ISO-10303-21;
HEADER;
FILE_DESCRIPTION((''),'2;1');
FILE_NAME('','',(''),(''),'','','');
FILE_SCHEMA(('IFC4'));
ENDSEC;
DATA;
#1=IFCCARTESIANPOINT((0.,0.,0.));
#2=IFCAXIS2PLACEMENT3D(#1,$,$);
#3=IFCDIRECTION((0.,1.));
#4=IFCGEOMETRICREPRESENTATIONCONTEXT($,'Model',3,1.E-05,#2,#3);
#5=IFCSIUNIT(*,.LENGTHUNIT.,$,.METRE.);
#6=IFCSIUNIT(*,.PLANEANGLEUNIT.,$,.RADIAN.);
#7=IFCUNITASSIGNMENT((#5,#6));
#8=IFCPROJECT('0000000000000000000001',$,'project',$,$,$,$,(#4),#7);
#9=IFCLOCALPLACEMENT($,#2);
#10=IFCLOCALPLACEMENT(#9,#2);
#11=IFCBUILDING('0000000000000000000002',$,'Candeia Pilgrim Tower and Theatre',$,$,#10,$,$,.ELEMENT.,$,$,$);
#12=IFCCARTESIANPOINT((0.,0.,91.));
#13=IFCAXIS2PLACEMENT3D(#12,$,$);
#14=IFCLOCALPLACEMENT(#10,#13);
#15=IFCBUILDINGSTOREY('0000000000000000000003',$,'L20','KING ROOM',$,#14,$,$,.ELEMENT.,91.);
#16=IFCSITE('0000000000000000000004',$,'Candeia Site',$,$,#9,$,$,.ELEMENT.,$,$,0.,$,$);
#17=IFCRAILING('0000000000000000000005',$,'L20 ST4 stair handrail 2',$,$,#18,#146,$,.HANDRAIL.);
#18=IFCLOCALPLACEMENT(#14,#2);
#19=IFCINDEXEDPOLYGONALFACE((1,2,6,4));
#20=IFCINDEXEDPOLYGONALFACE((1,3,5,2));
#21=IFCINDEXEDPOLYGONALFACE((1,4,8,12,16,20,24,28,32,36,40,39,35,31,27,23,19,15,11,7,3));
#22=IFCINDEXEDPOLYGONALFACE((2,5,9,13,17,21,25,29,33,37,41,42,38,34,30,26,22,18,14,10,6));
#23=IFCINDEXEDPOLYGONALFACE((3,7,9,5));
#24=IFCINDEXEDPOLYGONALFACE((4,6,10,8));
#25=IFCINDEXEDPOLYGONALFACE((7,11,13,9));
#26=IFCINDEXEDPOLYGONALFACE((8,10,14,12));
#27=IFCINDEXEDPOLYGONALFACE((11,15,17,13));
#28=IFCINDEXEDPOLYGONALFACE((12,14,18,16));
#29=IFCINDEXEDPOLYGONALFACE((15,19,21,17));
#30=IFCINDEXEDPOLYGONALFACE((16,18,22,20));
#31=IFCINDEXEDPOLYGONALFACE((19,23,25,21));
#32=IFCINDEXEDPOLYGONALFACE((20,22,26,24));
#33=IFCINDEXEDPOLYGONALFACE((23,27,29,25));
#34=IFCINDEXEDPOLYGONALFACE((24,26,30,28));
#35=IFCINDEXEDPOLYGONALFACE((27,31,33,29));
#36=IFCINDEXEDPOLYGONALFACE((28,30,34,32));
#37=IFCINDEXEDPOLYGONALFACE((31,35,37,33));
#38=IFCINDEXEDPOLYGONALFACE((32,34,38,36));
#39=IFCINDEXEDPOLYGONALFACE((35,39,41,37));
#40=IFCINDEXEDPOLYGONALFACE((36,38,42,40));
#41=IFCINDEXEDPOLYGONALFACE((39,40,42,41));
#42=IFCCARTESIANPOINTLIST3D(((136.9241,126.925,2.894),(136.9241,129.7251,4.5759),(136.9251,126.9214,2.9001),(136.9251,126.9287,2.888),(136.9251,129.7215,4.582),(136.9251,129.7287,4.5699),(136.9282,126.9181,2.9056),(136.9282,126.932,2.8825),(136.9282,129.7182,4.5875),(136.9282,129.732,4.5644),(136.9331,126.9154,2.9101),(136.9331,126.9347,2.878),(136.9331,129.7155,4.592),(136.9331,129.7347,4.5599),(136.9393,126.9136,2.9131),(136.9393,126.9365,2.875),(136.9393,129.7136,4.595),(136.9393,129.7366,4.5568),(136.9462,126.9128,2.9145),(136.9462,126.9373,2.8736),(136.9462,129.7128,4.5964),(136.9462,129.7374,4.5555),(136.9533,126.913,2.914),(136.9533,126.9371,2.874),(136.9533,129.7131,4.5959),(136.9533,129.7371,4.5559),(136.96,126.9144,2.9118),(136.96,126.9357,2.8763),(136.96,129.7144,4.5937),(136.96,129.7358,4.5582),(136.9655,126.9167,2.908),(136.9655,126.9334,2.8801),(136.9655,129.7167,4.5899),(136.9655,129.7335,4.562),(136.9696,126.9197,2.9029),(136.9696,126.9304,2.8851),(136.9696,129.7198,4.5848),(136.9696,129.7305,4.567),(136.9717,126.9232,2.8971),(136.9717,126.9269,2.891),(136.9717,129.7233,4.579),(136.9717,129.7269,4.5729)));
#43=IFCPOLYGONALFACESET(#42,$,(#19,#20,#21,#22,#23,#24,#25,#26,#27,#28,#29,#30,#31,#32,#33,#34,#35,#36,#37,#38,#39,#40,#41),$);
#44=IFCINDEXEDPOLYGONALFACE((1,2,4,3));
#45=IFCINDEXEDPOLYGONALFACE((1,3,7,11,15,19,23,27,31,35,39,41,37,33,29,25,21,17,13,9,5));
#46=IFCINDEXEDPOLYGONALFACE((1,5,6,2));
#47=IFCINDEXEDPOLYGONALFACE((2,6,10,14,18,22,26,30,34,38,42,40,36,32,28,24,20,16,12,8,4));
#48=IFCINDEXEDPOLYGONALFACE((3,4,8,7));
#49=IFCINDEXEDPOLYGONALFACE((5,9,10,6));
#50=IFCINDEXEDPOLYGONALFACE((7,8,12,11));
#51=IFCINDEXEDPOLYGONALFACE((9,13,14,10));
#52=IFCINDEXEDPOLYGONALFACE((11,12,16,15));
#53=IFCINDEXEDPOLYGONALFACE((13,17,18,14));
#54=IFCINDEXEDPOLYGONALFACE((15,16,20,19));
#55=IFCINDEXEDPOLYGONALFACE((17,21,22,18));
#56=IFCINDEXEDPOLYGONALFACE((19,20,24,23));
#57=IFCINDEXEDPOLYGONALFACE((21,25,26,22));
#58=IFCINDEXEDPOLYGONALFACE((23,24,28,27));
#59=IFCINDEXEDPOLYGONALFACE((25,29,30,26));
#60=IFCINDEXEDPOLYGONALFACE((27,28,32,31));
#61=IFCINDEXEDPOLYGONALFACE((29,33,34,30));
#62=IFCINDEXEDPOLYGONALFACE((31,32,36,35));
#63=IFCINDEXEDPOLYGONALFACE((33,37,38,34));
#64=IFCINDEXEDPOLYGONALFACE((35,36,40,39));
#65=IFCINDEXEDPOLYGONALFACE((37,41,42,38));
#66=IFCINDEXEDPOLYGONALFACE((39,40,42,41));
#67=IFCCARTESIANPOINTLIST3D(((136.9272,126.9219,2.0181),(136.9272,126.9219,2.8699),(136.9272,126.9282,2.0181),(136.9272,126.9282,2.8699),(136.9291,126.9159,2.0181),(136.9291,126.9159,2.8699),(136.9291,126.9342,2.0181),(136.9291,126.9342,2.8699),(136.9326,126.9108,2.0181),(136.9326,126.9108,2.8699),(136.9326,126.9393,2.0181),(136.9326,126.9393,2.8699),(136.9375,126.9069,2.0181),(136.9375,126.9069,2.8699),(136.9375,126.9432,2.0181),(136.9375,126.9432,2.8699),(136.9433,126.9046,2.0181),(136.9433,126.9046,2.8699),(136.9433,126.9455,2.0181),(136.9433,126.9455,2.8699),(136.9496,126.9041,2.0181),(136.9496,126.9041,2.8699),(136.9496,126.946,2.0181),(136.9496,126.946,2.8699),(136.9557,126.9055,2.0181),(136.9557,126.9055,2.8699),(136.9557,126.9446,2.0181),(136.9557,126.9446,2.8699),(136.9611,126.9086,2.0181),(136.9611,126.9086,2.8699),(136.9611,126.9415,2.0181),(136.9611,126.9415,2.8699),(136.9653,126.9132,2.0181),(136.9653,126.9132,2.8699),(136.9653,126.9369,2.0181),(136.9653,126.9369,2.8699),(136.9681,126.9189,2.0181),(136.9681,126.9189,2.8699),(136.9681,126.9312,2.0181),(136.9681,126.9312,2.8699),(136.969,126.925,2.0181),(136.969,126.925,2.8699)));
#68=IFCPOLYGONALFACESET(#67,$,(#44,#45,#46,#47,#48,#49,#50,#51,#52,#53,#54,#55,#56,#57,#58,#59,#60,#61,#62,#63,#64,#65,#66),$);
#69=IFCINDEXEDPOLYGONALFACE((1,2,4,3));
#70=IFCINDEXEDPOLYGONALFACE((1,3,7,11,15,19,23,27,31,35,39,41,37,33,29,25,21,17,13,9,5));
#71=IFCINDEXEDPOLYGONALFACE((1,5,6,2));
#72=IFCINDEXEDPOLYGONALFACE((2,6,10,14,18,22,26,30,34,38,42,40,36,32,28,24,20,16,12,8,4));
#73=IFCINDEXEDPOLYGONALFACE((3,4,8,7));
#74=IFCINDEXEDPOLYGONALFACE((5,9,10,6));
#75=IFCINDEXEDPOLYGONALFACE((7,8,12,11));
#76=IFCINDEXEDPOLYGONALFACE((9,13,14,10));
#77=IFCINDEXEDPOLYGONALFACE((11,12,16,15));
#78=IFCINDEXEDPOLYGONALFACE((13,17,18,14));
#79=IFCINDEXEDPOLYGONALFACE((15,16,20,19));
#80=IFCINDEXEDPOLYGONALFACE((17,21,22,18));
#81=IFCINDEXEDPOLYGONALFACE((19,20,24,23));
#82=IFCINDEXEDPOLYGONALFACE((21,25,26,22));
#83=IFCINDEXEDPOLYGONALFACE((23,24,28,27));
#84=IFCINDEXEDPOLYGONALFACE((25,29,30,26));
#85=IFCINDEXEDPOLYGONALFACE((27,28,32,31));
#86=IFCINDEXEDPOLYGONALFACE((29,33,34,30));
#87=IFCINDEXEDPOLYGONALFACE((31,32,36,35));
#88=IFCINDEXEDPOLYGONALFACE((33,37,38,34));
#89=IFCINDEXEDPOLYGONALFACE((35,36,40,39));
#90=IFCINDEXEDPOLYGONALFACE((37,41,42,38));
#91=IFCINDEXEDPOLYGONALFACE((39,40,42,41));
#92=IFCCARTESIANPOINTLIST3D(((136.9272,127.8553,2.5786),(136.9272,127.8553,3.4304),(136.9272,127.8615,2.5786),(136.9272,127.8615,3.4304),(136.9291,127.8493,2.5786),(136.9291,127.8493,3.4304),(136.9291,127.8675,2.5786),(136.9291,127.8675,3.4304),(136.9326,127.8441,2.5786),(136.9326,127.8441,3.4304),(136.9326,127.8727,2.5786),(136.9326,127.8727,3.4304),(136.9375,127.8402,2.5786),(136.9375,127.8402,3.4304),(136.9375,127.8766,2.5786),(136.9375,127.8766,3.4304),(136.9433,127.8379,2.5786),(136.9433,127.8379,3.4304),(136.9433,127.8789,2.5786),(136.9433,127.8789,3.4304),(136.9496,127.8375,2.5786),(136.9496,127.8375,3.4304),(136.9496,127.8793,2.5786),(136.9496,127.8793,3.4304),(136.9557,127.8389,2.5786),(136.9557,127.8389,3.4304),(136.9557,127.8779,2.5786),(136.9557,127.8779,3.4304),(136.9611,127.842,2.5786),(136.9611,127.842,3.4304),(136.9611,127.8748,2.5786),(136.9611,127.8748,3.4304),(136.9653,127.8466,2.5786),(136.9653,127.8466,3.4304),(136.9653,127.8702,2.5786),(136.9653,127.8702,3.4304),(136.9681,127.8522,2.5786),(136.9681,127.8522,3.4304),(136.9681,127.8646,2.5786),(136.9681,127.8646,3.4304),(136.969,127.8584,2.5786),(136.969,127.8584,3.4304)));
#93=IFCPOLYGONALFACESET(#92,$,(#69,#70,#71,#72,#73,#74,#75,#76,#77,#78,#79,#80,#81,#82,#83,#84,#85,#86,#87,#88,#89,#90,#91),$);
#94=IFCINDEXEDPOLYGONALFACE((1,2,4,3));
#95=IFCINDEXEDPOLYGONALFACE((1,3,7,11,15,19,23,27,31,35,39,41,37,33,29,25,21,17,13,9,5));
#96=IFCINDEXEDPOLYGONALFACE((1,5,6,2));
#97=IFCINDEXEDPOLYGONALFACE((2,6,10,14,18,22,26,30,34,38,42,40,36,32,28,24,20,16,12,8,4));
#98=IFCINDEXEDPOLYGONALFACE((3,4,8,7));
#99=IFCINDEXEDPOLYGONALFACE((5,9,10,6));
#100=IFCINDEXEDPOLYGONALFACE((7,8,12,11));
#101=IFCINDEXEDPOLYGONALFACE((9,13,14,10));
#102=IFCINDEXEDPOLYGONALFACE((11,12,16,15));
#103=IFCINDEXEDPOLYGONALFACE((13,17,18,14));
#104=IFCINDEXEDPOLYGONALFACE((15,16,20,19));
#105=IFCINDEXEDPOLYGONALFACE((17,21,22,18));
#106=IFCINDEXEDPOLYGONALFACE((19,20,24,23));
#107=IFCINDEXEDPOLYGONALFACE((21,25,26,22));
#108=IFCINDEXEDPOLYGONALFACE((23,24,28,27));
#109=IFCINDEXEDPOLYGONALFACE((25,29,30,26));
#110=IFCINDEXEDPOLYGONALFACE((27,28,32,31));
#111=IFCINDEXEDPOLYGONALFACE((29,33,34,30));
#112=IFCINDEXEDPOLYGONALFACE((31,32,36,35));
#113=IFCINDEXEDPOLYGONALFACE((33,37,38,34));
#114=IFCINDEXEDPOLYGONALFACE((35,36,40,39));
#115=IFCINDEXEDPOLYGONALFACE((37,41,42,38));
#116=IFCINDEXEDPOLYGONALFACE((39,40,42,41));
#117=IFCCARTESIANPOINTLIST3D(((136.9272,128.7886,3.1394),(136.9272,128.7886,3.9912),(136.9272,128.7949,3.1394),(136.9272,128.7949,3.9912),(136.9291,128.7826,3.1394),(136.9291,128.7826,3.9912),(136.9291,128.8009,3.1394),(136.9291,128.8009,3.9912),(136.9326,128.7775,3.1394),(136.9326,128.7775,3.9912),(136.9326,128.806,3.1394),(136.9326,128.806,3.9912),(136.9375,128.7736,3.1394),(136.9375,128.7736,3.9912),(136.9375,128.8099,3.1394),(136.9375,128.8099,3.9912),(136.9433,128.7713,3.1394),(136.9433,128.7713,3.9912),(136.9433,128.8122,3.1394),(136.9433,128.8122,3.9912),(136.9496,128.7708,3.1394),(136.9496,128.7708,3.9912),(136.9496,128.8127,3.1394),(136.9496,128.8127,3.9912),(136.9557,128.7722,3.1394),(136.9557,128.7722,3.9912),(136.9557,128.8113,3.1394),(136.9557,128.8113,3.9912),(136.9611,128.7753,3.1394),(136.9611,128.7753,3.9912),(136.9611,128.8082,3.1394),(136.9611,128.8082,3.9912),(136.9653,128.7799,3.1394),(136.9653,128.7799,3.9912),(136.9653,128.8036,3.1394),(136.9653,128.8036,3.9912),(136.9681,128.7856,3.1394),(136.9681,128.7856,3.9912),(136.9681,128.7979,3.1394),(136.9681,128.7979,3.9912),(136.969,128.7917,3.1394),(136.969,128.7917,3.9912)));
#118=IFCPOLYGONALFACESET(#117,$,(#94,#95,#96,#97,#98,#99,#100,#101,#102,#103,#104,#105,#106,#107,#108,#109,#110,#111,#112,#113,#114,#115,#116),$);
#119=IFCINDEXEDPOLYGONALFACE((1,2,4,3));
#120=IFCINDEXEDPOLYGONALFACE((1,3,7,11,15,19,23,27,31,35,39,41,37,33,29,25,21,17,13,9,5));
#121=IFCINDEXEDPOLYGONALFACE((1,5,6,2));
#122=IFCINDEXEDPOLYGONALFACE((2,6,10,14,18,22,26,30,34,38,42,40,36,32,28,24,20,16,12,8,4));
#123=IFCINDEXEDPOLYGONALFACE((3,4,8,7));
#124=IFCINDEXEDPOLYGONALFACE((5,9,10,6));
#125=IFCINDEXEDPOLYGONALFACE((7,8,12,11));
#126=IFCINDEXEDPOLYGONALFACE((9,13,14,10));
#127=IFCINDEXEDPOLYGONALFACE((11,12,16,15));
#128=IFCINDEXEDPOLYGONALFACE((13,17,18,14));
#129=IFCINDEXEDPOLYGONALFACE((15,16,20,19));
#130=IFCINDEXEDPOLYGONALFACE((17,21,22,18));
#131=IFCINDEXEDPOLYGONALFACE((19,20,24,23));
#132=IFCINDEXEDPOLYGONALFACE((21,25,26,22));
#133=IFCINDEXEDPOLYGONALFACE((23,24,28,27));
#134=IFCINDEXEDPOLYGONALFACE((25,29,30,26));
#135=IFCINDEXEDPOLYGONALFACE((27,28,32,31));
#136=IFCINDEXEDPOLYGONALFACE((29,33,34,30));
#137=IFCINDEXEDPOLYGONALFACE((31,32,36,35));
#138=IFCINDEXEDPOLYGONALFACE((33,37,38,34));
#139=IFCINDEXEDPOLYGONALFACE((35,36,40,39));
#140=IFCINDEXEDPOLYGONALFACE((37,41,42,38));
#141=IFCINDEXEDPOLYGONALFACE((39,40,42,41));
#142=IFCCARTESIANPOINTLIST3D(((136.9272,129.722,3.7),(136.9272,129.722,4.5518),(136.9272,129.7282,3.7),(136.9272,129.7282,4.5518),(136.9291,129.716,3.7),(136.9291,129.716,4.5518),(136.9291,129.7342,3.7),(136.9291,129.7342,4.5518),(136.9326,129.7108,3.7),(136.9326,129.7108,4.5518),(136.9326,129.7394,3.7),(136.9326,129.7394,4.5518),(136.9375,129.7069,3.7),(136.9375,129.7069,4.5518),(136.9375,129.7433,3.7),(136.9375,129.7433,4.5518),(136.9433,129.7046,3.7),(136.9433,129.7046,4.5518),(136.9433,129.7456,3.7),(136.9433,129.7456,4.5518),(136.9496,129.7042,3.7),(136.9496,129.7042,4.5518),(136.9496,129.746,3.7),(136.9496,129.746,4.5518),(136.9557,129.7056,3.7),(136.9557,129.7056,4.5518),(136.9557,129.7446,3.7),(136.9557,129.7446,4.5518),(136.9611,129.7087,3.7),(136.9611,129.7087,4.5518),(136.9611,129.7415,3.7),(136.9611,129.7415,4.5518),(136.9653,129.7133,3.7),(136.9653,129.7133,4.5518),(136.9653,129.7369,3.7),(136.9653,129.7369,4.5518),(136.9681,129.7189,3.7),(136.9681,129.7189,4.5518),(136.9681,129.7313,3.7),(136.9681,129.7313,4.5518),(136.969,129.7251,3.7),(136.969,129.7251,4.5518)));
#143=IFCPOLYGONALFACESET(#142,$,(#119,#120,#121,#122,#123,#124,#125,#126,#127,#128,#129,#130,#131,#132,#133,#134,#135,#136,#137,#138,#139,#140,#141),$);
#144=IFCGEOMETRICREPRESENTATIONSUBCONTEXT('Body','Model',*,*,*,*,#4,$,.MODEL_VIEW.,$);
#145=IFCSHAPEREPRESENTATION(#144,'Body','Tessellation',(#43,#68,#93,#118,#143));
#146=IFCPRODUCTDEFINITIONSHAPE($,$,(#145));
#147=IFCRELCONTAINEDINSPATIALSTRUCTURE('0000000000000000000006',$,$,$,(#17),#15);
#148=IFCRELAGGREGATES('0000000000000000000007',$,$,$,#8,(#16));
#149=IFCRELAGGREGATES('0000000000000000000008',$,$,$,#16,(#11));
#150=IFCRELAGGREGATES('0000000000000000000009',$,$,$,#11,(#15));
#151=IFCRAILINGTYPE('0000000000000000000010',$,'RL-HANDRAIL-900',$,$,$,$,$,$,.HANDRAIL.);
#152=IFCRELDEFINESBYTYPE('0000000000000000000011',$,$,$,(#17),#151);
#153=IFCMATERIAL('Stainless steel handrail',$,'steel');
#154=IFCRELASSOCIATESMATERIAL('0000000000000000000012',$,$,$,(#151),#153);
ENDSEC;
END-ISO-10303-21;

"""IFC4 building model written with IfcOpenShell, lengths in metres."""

from ifc_helpers import new_model, si_unit, direction, frame, origin, origin_2d, place, context, subcontext, project, spatial, circle, extrude, material, type_object, element, save


model = new_model("IFC4")

# Units and contexts
model_context = context("Model", 3, precision=1e-05, world=origin(), true_north=direction((0.0, 1.0)))
body_context = subcontext(model_context, "Body", "Model", "MODEL_VIEW")
ifc_project = project(units=[si_unit("LENGTHUNIT", "METRE"), si_unit("PLANEANGLEUNIT", "RADIAN")], contexts=[model_context])

# Site, building, storey
site_placement = place(None, origin())
site = spatial("IfcSite", under=ifc_project, at=site_placement, Name="Candeia Site", CompositionType="ELEMENT", RefElevation=0.0)
building_placement = place(site_placement, origin())
building = spatial("IfcBuilding", under=site, at=building_placement, Name="Candeia Pilgrim Tower and Theatre", CompositionType="ELEMENT")
storey_placement = place(building_placement, frame((0.0, 0.0, 91.0)))
storey = spatial("IfcBuildingStorey", under=building, at=storey_placement, Name="L20", Description="KING ROOM", CompositionType="ELEMENT", Elevation=91.0)

# Railing
ifc_material_1 = material(Name="Stainless steel handrail", Category="steel")
railing_type_1 = type_object("IfcRailingType", Name="RL-HANDRAIL-900", PredefinedType="HANDRAIL", material=ifc_material_1)
railing_1_placement = place(storey_placement, frame((136.948, 126.925, 2.0181)))
element("IfcRailing", 1, at=railing_1_placement, inside=storey, type_object=railing_type_1, Name="L20 ST4 stair handrail 2", PredefinedType="HANDRAIL", context=body_context, shape_type="SweptSolid", body=[
    extrude(circle(Radius=0.0239, at=origin_2d()), frame((0.0, 0.0, 0.876), z_axis=(0.0, 0.857242, 0.514913), x_axis=(-1.0, 0.0, 0.0)), (0.0, 0.0, 1.0), 3.2664),
    extrude(circle(Radius=0.021, at=origin_2d()), origin(), (0.0, 0.0, 1.0), 0.8518),
    extrude(circle(Radius=0.021, at=origin_2d()), frame((0.0, 0.9333, 0.5605)), (0.0, 0.0, 1.0), 0.8518),
    extrude(circle(Radius=0.021, at=origin_2d()), frame((0.0, 1.8667, 1.1213)), (0.0, 0.0, 1.0), 0.8518),
    extrude(circle(Radius=0.021, at=origin_2d()), frame((0.0, 2.8, 1.6819)), (0.0, 0.0, 1.0), 0.8518),
])

save(model, "model.ifc")
